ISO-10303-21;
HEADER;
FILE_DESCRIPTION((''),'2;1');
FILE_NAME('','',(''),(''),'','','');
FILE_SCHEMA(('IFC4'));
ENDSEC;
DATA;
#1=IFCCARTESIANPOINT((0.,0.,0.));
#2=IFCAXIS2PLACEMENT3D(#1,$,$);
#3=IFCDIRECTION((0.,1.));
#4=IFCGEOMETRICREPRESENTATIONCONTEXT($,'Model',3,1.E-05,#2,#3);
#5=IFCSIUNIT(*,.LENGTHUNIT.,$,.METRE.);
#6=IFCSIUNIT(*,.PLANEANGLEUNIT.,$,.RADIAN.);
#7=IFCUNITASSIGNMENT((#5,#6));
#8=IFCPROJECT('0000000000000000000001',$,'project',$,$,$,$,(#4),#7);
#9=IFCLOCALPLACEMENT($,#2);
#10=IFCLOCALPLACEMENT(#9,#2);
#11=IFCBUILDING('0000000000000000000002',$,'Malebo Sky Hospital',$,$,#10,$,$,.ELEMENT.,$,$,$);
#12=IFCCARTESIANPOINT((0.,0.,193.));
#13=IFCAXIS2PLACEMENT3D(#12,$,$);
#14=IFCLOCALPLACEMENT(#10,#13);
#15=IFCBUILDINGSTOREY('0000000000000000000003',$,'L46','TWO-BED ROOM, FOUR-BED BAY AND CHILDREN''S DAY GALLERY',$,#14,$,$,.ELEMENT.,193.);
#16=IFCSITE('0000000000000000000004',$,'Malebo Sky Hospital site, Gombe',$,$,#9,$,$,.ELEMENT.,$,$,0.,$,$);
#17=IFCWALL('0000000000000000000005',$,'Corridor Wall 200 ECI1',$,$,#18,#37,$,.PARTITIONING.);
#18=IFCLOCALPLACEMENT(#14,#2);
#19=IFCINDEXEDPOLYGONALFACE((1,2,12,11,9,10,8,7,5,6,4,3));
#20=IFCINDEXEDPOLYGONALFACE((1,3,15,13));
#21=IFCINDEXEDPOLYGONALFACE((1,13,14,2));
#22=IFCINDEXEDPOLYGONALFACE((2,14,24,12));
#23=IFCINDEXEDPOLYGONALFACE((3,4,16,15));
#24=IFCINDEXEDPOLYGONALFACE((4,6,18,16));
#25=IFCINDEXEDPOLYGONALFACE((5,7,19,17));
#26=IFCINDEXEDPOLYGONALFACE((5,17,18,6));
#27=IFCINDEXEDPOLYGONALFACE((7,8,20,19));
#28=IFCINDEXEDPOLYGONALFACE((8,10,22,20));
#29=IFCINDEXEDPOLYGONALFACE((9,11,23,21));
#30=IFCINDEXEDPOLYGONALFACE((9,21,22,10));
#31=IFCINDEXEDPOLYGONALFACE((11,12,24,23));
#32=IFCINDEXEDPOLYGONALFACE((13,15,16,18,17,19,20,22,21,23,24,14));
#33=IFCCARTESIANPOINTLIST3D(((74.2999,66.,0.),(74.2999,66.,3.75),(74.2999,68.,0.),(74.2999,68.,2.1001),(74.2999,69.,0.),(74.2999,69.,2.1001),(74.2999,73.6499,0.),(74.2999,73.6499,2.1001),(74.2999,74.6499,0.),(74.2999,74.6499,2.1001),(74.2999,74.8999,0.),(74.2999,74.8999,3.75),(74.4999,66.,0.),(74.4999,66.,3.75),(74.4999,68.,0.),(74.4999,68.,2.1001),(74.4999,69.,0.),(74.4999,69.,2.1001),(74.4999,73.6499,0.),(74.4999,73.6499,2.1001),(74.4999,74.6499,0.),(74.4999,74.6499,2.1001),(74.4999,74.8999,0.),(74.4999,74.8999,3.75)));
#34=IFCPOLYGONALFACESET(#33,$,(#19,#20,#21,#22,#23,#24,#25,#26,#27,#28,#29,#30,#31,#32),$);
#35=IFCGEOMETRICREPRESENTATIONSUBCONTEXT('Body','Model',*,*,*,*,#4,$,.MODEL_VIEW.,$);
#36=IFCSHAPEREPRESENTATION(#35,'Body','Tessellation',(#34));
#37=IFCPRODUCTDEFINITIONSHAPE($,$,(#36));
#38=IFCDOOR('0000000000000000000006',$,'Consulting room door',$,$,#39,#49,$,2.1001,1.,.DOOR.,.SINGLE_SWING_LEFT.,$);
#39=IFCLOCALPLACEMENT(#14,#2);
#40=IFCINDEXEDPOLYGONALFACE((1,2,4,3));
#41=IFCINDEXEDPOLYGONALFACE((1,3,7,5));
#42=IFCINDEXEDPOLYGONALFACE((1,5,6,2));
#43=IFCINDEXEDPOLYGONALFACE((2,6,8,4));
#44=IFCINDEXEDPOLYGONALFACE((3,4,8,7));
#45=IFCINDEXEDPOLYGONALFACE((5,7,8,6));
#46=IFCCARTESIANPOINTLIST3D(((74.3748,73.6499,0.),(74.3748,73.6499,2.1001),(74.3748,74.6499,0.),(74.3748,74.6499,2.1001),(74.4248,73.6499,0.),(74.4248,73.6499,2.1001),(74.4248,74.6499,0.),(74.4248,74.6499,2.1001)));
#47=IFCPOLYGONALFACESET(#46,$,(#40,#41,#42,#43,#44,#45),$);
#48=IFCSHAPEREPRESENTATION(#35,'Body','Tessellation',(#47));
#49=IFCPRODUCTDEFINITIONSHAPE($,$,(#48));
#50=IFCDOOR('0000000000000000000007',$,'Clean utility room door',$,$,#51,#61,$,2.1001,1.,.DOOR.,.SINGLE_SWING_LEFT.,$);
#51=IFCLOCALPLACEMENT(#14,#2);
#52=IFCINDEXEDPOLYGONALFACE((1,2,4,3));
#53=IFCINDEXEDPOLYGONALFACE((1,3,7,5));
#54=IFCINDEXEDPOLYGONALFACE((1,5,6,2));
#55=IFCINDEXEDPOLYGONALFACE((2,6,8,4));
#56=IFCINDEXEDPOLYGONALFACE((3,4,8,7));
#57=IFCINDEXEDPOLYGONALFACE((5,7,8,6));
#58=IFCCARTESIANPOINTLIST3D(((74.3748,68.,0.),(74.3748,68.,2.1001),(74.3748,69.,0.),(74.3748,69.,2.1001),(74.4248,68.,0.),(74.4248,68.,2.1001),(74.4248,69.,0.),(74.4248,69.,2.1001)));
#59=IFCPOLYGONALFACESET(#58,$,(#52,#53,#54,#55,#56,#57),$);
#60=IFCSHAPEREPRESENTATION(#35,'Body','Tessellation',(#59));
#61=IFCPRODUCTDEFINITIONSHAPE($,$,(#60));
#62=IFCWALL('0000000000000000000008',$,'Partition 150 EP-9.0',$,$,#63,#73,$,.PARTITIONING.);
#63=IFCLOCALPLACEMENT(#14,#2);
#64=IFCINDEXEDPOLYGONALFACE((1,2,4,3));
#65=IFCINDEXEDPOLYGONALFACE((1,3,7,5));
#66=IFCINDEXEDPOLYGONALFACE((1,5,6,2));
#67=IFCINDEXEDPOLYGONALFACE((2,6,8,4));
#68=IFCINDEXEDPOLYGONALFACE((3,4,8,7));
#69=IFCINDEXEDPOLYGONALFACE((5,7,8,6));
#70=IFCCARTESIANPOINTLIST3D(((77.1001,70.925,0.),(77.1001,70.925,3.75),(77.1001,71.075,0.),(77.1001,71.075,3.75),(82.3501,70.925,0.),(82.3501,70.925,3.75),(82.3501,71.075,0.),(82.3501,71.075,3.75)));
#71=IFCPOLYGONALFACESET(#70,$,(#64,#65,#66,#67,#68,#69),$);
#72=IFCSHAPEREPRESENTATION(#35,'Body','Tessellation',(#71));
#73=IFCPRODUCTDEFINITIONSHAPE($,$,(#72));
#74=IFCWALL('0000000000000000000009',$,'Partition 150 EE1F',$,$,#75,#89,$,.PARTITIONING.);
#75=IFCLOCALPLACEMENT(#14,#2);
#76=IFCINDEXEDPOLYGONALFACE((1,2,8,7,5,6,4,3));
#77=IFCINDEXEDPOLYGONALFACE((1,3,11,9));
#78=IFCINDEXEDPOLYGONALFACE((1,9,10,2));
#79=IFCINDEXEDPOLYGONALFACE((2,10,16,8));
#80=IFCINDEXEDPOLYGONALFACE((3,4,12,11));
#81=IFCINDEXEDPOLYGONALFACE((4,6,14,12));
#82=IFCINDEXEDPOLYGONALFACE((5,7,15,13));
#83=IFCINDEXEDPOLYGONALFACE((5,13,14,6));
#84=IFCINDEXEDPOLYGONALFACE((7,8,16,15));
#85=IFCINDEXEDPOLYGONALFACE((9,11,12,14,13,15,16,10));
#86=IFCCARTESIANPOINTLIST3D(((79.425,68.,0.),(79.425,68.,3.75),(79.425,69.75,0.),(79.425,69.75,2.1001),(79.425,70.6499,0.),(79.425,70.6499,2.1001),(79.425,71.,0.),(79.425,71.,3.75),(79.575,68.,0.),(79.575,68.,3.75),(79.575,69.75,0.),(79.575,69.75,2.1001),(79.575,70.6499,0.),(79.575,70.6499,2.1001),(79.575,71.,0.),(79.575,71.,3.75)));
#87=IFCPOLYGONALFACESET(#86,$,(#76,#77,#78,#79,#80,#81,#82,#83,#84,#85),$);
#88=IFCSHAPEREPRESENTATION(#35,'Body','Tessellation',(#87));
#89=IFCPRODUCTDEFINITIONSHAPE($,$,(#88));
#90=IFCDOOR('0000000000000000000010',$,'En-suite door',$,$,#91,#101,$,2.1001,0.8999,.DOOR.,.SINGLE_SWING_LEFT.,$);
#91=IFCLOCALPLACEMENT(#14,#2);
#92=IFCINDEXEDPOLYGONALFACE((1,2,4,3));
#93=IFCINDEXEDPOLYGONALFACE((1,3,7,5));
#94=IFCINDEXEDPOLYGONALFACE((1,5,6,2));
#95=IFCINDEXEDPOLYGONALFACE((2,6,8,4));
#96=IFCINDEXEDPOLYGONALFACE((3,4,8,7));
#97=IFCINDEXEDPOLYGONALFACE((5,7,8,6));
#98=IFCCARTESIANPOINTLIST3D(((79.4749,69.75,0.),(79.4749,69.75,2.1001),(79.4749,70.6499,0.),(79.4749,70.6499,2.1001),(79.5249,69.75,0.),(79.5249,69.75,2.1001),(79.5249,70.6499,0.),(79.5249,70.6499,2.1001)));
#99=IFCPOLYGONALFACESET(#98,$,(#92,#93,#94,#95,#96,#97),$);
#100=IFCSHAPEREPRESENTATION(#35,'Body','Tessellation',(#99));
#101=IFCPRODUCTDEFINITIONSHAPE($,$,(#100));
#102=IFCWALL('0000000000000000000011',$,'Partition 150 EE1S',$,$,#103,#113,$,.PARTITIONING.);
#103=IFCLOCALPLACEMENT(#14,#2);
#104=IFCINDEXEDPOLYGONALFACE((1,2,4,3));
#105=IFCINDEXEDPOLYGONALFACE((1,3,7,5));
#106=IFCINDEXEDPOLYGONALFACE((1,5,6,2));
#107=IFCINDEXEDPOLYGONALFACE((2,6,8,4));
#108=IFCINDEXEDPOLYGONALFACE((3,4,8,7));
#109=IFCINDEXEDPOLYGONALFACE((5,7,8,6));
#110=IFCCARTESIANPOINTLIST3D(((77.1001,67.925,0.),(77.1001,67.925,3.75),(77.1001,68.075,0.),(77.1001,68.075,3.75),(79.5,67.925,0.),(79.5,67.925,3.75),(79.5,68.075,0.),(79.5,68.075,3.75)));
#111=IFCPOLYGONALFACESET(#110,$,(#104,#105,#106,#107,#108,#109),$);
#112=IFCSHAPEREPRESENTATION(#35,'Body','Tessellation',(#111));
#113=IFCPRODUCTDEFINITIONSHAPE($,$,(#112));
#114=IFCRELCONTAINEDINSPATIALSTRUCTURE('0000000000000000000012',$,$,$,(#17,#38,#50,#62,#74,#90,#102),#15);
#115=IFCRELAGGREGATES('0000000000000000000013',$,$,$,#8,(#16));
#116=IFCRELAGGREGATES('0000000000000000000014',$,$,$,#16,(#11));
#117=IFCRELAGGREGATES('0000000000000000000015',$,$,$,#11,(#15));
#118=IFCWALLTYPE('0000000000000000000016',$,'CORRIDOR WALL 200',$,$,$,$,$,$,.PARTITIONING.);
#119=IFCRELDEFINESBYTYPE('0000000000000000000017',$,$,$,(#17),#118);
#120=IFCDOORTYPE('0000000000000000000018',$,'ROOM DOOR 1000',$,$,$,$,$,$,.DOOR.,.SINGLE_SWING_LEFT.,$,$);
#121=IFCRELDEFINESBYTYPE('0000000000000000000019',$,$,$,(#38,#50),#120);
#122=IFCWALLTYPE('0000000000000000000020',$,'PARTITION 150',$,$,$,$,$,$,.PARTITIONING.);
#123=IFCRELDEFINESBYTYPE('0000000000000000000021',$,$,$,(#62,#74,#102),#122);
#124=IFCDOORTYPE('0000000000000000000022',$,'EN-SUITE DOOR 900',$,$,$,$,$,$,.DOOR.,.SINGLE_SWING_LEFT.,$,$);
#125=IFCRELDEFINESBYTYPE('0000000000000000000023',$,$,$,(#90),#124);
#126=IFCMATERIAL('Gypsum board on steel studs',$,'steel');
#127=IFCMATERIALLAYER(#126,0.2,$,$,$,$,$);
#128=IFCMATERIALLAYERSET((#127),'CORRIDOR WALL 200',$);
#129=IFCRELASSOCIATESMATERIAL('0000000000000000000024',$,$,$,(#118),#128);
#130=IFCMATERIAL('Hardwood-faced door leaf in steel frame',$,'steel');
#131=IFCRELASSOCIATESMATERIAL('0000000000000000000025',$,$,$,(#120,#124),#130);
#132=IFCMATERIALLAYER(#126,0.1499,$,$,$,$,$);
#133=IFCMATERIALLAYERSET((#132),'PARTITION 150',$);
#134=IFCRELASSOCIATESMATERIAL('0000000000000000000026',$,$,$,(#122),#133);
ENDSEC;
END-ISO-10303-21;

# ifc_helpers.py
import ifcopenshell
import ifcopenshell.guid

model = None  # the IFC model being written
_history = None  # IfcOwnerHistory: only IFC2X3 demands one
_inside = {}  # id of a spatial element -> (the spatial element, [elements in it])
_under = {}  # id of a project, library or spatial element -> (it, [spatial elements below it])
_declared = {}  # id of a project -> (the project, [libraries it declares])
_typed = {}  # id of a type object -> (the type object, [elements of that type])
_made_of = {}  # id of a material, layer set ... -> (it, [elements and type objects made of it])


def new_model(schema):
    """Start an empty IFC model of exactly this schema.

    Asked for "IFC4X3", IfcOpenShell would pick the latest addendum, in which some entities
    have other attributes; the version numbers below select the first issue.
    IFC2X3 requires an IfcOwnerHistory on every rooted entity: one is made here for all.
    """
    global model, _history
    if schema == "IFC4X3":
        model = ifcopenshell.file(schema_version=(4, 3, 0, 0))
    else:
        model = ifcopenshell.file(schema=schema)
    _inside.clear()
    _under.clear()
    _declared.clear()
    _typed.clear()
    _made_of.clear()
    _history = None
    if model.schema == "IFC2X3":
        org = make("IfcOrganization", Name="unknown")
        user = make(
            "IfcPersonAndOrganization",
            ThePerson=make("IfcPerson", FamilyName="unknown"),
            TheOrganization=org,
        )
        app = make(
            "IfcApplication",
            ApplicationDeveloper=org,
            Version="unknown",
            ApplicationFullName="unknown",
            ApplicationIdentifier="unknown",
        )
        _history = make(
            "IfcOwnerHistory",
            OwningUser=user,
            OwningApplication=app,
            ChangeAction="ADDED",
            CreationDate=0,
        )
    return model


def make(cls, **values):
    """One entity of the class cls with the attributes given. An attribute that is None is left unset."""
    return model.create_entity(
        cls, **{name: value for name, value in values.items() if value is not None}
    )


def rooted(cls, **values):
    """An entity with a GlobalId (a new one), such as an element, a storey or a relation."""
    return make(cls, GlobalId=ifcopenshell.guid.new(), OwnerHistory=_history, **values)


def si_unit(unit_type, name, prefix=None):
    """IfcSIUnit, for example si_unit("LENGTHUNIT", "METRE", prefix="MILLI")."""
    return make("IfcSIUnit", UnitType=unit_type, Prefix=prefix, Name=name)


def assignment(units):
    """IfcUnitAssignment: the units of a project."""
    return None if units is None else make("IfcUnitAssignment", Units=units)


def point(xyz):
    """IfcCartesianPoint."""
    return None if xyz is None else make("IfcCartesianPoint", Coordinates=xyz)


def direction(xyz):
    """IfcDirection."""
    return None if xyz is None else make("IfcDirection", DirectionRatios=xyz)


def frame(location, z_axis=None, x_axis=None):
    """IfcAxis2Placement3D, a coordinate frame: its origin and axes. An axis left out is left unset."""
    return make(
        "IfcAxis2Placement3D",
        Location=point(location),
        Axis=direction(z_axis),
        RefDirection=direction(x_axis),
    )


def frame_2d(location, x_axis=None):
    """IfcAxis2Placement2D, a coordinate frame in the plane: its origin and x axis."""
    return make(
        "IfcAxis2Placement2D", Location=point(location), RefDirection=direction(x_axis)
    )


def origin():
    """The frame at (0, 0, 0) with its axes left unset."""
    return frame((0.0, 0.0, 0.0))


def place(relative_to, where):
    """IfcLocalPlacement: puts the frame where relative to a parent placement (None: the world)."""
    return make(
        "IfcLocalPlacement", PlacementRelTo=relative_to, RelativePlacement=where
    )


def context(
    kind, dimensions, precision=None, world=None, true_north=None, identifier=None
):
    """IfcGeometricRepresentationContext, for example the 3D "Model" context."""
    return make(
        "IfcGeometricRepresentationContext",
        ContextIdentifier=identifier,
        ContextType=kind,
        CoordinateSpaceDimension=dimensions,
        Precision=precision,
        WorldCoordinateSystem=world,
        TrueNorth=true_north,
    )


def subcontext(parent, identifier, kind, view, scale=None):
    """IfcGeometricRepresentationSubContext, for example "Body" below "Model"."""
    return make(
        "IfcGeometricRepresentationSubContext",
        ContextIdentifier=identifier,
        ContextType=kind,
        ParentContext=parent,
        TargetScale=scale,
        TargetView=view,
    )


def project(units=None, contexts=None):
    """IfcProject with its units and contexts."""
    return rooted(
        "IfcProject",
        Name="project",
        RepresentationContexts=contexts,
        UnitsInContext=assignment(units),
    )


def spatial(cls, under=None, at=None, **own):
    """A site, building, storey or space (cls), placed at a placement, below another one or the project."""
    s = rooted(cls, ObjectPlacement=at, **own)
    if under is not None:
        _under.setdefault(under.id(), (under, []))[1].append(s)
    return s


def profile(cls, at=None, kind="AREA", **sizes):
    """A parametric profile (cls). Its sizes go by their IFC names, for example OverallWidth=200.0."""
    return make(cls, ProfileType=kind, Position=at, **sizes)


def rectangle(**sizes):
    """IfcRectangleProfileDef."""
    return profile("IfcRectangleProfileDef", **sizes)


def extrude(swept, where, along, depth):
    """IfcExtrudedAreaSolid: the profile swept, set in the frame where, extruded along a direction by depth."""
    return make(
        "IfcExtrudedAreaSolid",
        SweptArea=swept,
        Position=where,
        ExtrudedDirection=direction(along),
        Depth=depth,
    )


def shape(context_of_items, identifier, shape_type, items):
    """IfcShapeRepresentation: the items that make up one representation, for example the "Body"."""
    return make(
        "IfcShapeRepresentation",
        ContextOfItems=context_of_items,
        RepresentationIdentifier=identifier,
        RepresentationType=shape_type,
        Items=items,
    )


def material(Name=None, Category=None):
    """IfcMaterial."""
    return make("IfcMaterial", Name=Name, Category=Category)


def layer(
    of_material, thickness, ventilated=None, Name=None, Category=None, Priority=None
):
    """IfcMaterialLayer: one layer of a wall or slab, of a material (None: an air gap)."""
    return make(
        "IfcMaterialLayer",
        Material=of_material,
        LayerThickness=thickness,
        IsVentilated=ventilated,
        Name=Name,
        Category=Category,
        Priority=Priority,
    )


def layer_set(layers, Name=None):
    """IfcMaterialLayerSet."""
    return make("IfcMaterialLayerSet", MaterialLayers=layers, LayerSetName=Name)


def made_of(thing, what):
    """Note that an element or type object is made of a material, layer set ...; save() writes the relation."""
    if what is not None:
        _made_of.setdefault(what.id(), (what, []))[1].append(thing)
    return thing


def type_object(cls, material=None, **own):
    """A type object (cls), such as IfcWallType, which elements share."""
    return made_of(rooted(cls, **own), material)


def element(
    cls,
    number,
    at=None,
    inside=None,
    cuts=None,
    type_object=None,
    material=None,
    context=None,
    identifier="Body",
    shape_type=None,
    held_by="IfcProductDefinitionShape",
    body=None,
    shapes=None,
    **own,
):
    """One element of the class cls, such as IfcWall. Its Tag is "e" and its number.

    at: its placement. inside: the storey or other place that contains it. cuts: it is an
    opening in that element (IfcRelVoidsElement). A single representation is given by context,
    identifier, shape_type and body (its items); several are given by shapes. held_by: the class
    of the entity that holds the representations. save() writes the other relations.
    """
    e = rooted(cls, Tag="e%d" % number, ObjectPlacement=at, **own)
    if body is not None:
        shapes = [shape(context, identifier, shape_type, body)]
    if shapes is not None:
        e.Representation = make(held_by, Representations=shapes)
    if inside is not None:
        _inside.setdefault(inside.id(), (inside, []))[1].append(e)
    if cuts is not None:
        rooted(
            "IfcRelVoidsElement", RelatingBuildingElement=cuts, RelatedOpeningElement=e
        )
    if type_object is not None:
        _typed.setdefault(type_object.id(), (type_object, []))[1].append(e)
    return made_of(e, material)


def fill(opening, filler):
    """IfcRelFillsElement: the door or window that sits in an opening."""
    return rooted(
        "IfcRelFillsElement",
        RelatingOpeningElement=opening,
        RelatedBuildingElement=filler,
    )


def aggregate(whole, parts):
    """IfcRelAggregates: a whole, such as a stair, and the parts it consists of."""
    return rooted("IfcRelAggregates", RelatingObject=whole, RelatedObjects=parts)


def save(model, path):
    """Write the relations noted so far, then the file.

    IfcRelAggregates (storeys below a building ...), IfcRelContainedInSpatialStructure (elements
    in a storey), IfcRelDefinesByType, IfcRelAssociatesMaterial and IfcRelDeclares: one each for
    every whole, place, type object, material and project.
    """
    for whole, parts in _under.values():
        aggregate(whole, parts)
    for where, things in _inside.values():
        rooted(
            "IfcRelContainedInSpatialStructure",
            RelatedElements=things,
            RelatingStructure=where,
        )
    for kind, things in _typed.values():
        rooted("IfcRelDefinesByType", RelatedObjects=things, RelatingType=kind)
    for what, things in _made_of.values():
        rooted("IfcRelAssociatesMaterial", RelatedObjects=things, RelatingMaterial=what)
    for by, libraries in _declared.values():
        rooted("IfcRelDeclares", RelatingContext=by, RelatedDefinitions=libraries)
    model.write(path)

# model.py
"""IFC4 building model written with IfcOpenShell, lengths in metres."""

from ifc_helpers import new_model, si_unit, direction, frame, frame_2d, origin, place, context, subcontext, project, spatial, rectangle, extrude, material, layer, layer_set, type_object, element, fill, save


model = new_model("IFC4")

# Units and contexts
model_context = context("Model", 3, precision=1e-05, world=origin(), true_north=direction((0.0, 1.0)))
body_context = subcontext(model_context, "Body", "Model", "MODEL_VIEW")
ifc_project = project(units=[si_unit("LENGTHUNIT", "METRE"), si_unit("PLANEANGLEUNIT", "RADIAN")], contexts=[model_context])

# Site, building, storey
site_placement = place(None, origin())
site = spatial("IfcSite", under=ifc_project, at=site_placement, Name="Malebo Sky Hospital site, Gombe", CompositionType="ELEMENT", RefElevation=0.0)
building_placement = place(site_placement, origin())
building = spatial("IfcBuilding", under=site, at=building_placement, Name="Malebo Sky Hospital", CompositionType="ELEMENT")
storey_placement = place(building_placement, frame((0.0, 0.0, 193.0)))
storey = spatial("IfcBuildingStorey", under=building, at=storey_placement, Name="L46", Description="TWO-BED ROOM, FOUR-BED BAY AND CHILDREN'S DAY GALLERY", CompositionType="ELEMENT", Elevation=193.0)

# Wall, openings, doors
ifc_material_1 = material(Name="Gypsum board on steel studs", Category="steel")
ifc_layer_1 = layer(ifc_material_1, 0.2)
ifc_layer_set_1 = layer_set([ifc_layer_1], Name="CORRIDOR WALL 200")
wall_type_1 = type_object("IfcWallType", Name="CORRIDOR WALL 200", PredefinedType="PARTITIONING", material=ifc_layer_set_1)
wall_1_placement = place(storey_placement, frame((74.3999, 74.8999, 0.0), z_axis=(0.0, 0.0, 1.0), x_axis=(0.0, -1.0, 0.0)))
wall_1 = element("IfcWall", 1, at=wall_1_placement, inside=storey, type_object=wall_type_1, Name="Corridor Wall 200 ECI1", PredefinedType="PARTITIONING", context=body_context, shape_type="SweptSolid", body=[
    extrude(rectangle(XDim=8.8999, YDim=0.2, at=frame_2d((4.45, 0.0))), origin(), (0.0, 0.0, 1.0), 3.75),
])
opening_1_placement = place(wall_1_placement, frame((0.25, 0.0, 0.0)))
opening_1 = element("IfcOpeningElement", 2, at=opening_1_placement, cuts=wall_1, PredefinedType="OPENING", context=body_context, shape_type="SweptSolid", body=[
    extrude(rectangle(XDim=1.0, YDim=2.1001, at=frame_2d((0.5, 1.05))), frame((0.0, 0.1099, 0.0), z_axis=(0.0, -1.0, 0.0), x_axis=(1.0, 0.0, 0.0)), (0.0, 0.0, 1.0), 0.22),
])
opening_2_placement = place(wall_1_placement, frame((5.8999, 0.0, 0.0)))
opening_2 = element("IfcOpeningElement", 3, at=opening_2_placement, cuts=wall_1, PredefinedType="OPENING", context=body_context, shape_type="SweptSolid", body=[
    extrude(rectangle(XDim=1.0, YDim=2.1001, at=frame_2d((0.5, 1.05))), frame((0.0, 0.1099, 0.0), z_axis=(0.0, -1.0, 0.0), x_axis=(1.0, 0.0, 0.0)), (0.0, 0.0, 1.0), 0.22),
])
ifc_material_2 = material(Name="Hardwood-faced door leaf in steel frame", Category="steel")
door_type_1 = type_object("IfcDoorType", Name="ROOM DOOR 1000", OperationType="SINGLE_SWING_LEFT", PredefinedType="DOOR", material=ifc_material_2)
door_1_placement = place(opening_1_placement, origin())
door_1 = element("IfcDoor", 4, at=door_1_placement, inside=storey, type_object=door_type_1, Name="Consulting room door", OperationType="SINGLE_SWING_LEFT", OverallHeight=2.1001, OverallWidth=1.0, PredefinedType="DOOR", context=body_context, shape_type="SweptSolid", body=[
    extrude(rectangle(XDim=1.0, YDim=2.1001, at=frame_2d((0.5, 1.05))), frame((0.0, 0.0249, 0.0), z_axis=(0.0, -1.0, 0.0), x_axis=(1.0, 0.0, 0.0)), (0.0, 0.0, 1.0), 0.05),
])
fill(opening_1, door_1)
door_2_placement = place(opening_2_placement, origin())
door_2 = element("IfcDoor", 5, at=door_2_placement, inside=storey, type_object=door_type_1, Name="Clean utility room door", OperationType="SINGLE_SWING_LEFT", OverallHeight=2.1001, OverallWidth=1.0, PredefinedType="DOOR", context=body_context, shape_type="SweptSolid", body=[
    extrude(rectangle(XDim=1.0, YDim=2.1001, at=frame_2d((0.5, 1.05))), frame((0.0, 0.0249, 0.0), z_axis=(0.0, -1.0, 0.0), x_axis=(1.0, 0.0, 0.0)), (0.0, 0.0, 1.0), 0.05),
])
fill(opening_2, door_2)

# Wall
ifc_layer_2 = layer(ifc_material_1, 0.1499)
ifc_layer_set_2 = layer_set([ifc_layer_2], Name="PARTITION 150")
wall_type_2 = type_object("IfcWallType", Name="PARTITION 150", PredefinedType="PARTITIONING", material=ifc_layer_set_2)
wall_2_placement = place(storey_placement, frame((77.1001, 71.0, 0.0), z_axis=(0.0, 0.0, 1.0), x_axis=(1.0, 0.0, 0.0)))
element("IfcWall", 6, at=wall_2_placement, inside=storey, type_object=wall_type_2, Name="Partition 150 EP-9.0", PredefinedType="PARTITIONING", context=body_context, shape_type="SweptSolid", body=[
    extrude(rectangle(XDim=5.25, YDim=0.1499, at=frame_2d((2.625, 0.0))), origin(), (0.0, 0.0, 1.0), 3.75),
])

# Wall, opening, door
wall_3_placement = place(storey_placement, frame((79.5, 71.0, 0.0), z_axis=(0.0, 0.0, 1.0), x_axis=(0.0, -1.0, 0.0)))
wall_3 = element("IfcWall", 7, at=wall_3_placement, inside=storey, type_object=wall_type_2, Name="Partition 150 EE1F", PredefinedType="PARTITIONING", context=body_context, shape_type="SweptSolid", body=[
    extrude(rectangle(XDim=3.0, YDim=0.1499, at=frame_2d((1.5, 0.0))), origin(), (0.0, 0.0, 1.0), 3.75),
])
opening_3_placement = place(wall_3_placement, frame((0.3501, 0.0, 0.0)))
opening_3 = element("IfcOpeningElement", 8, at=opening_3_placement, cuts=wall_3, PredefinedType="OPENING", context=body_context, shape_type="SweptSolid", body=[
    extrude(rectangle(XDim=0.8999, YDim=2.1001, at=frame_2d((0.45, 1.05))), frame((0.0, 0.085, 0.0), z_axis=(0.0, -1.0, 0.0), x_axis=(1.0, 0.0, 0.0)), (0.0, 0.0, 1.0), 0.1699),
])
door_type_2 = type_object("IfcDoorType", Name="EN-SUITE DOOR 900", OperationType="SINGLE_SWING_LEFT", PredefinedType="DOOR", material=ifc_material_2)
door_3_placement = place(opening_3_placement, origin())
door_3 = element("IfcDoor", 9, at=door_3_placement, inside=storey, type_object=door_type_2, Name="En-suite door", OperationType="SINGLE_SWING_LEFT", OverallHeight=2.1001, OverallWidth=0.8999, PredefinedType="DOOR", context=body_context, shape_type="SweptSolid", body=[
    extrude(rectangle(XDim=0.8999, YDim=2.1001, at=frame_2d((0.45, 1.05))), frame((0.0, 0.0249, 0.0), z_axis=(0.0, -1.0, 0.0), x_axis=(1.0, 0.0, 0.0)), (0.0, 0.0, 1.0), 0.05),
])
fill(opening_3, door_3)

# Wall
wall_4_placement = place(storey_placement, frame((77.1001, 68.0, 0.0), z_axis=(0.0, 0.0, 1.0), x_axis=(1.0, 0.0, 0.0)))
element("IfcWall", 10, at=wall_4_placement, inside=storey, type_object=wall_type_2, Name="Partition 150 EE1S", PredefinedType="PARTITIONING", context=body_context, shape_type="SweptSolid", body=[
    extrude(rectangle(XDim=2.3999, YDim=0.1499, at=frame_2d((1.2, 0.0))), origin(), (0.0, 0.0, 1.0), 3.75),
])

save(model, "model.ifc")
